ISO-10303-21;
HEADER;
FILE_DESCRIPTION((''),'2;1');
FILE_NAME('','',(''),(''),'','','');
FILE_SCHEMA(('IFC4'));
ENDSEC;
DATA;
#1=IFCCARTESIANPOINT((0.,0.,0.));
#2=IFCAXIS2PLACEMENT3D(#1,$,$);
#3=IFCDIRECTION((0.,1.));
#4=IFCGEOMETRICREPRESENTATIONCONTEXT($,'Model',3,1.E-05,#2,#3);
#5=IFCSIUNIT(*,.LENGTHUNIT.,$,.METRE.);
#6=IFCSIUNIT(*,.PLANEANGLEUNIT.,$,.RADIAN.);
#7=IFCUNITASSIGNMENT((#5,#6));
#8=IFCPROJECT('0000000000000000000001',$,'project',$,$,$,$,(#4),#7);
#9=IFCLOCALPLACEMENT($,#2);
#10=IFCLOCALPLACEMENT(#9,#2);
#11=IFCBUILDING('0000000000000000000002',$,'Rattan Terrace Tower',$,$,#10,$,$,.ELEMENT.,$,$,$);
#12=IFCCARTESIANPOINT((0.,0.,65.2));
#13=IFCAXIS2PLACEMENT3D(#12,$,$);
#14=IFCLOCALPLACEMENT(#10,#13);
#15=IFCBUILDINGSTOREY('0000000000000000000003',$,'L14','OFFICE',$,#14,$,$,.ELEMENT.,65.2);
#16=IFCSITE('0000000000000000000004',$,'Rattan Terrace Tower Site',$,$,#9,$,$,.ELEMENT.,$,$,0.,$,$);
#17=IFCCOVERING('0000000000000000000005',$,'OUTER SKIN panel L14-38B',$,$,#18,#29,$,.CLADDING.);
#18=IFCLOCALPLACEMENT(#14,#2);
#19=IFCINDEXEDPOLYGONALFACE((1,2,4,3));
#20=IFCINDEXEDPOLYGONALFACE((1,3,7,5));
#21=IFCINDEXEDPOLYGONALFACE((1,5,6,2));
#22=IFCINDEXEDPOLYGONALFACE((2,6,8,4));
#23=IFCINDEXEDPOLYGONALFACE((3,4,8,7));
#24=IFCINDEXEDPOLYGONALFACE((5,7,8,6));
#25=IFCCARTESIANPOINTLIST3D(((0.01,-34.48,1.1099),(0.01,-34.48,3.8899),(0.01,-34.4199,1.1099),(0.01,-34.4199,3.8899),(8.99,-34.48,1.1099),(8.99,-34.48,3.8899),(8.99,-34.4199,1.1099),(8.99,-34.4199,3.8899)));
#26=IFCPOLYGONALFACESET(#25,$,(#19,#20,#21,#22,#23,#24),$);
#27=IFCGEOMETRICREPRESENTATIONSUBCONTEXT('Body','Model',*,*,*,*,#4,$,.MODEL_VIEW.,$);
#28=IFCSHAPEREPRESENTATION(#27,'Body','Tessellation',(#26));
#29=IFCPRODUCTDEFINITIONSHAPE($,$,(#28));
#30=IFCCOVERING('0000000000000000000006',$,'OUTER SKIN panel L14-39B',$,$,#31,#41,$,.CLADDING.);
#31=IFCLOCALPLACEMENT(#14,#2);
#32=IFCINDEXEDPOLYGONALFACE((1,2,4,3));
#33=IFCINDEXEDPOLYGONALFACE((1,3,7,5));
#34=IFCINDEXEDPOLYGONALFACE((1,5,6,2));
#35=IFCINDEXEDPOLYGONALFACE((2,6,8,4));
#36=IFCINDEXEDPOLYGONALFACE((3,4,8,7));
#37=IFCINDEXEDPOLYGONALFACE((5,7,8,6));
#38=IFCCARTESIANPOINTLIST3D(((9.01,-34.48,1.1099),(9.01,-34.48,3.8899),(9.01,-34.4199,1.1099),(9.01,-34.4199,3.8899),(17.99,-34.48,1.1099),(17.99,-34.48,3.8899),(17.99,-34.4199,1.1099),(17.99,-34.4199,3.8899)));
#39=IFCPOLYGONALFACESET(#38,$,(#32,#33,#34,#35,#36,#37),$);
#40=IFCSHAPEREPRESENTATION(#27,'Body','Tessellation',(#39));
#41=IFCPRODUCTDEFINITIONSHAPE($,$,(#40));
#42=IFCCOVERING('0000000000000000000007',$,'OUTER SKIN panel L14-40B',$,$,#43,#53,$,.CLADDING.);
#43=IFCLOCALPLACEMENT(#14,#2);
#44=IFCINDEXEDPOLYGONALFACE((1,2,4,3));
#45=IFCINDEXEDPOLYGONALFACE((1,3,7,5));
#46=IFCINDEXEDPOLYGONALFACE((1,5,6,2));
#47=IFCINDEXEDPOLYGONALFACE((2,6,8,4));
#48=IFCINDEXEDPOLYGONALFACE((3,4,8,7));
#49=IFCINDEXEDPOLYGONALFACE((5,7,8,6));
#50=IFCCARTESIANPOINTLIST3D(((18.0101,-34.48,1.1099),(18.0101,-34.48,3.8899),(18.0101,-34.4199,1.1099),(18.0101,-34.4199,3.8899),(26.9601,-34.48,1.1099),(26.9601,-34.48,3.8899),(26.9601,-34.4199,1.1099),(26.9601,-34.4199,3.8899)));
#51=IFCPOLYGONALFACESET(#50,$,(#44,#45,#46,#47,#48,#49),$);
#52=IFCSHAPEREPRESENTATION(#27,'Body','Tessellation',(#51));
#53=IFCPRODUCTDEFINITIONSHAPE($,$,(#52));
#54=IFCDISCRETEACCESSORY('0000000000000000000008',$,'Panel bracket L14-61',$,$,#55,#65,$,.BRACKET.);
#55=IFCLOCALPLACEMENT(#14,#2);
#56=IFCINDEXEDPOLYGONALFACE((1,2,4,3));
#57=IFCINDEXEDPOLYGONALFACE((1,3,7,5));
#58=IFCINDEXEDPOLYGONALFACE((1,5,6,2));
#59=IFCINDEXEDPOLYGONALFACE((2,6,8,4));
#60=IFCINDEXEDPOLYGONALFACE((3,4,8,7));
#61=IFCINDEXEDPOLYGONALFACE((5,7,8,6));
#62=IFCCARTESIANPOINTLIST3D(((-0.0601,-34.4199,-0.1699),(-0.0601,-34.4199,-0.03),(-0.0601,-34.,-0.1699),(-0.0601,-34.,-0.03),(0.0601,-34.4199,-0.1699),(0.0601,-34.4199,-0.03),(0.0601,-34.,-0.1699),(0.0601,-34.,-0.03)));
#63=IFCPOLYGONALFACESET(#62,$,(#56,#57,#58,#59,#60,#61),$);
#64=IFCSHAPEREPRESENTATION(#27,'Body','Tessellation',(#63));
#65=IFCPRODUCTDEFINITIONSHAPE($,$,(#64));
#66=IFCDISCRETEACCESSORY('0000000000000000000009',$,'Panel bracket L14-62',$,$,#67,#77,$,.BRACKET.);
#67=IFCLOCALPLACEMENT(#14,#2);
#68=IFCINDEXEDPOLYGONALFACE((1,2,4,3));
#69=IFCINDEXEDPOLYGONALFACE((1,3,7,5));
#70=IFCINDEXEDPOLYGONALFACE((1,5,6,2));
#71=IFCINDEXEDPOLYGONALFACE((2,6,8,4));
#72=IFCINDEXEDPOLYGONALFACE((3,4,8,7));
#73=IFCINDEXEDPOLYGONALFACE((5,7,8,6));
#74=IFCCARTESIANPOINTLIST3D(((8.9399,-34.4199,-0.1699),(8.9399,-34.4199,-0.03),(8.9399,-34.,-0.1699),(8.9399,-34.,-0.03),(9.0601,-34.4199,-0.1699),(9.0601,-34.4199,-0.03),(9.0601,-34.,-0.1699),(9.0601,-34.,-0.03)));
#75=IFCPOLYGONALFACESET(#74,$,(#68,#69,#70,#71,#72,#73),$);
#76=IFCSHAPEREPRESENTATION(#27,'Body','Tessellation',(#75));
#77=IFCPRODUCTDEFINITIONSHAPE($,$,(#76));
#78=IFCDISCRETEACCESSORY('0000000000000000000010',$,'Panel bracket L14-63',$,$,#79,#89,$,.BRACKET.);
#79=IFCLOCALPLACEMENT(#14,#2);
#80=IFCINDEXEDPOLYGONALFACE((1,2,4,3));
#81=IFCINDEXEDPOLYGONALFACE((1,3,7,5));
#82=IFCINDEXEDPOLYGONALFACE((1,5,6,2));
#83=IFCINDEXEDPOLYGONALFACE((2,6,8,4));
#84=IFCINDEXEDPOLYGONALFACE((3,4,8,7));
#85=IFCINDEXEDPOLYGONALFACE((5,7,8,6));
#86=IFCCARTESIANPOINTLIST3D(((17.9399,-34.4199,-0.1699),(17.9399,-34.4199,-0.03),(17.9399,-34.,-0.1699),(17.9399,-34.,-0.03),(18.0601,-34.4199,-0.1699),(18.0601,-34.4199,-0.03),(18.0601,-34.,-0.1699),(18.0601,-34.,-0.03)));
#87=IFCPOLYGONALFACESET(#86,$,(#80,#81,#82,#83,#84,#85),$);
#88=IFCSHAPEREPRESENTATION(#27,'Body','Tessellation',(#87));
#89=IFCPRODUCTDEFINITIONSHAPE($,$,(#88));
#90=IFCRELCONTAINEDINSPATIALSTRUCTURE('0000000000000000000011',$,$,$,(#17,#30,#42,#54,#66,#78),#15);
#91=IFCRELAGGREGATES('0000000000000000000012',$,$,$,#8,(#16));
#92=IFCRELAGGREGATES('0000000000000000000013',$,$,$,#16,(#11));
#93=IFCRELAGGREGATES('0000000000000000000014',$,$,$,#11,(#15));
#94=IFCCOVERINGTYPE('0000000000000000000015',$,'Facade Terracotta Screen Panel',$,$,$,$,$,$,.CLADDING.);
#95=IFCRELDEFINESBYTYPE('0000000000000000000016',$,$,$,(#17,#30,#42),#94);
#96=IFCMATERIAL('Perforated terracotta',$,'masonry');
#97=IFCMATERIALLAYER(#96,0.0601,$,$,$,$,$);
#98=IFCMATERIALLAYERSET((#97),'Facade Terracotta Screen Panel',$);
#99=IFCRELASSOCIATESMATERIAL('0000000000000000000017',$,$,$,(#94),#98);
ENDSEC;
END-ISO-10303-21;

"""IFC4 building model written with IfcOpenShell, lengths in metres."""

from ifc_helpers import new_model, si_unit, direction, frame, origin, origin_2d, place, context, subcontext, project, spatial, rectangle, extrude, material, layer, layer_set, type_object, element, save


model = new_model("IFC4")

# Units and contexts
model_context = context("Model", 3, precision=1e-05, world=origin(), true_north=direction((0.0, 1.0)))
body_context = subcontext(model_context, "Body", "Model", "MODEL_VIEW")
ifc_project = project(units=[si_unit("LENGTHUNIT", "METRE"), si_unit("PLANEANGLEUNIT", "RADIAN")], contexts=[model_context])

# Site, building, storey
site_placement = place(None, origin())
site = spatial("IfcSite", under=ifc_project, at=site_placement, Name="Rattan Terrace Tower Site", CompositionType="ELEMENT", RefElevation=0.0)
building_placement = place(site_placement, origin())
building = spatial("IfcBuilding", under=site, at=building_placement, Name="Rattan Terrace Tower", CompositionType="ELEMENT")
storey_placement = place(building_placement, frame((0.0, 0.0, 65.2)))
storey = spatial("IfcBuildingStorey", under=building, at=storey_placement, Name="L14", Description="OFFICE", CompositionType="ELEMENT", Elevation=65.2)

# Coverings
ifc_material_1 = material(Name="Perforated terracotta", Category="masonry")
ifc_layer_1 = layer(ifc_material_1, 0.0601)
ifc_layer_set_1 = layer_set([ifc_layer_1], Name="Facade Terracotta Screen Panel")
covering_type_1 = type_object("IfcCoveringType", Name="Facade Terracotta Screen Panel", PredefinedType="CLADDING", material=ifc_layer_set_1)
for number, where, z_axis, x_axis, name in (
    (1, (4.5, -34.45, 1.1099), (0.0, 0.0, 1.0), (1.0, 0.0, 0.0), "OUTER SKIN panel L14-38B"),
    (2, (13.5, -34.45, 1.1099), (0.0, 0.0, 1.0), (1.0, 0.0, 0.0), "OUTER SKIN panel L14-39B"),
):
    element("IfcCovering", number, at=place(storey_placement, frame(where, z_axis=z_axis, x_axis=x_axis)), inside=storey, type_object=covering_type_1, Name=name, PredefinedType="CLADDING", context=body_context, shape_type="SweptSolid", body=[
        extrude(rectangle(XDim=8.98, YDim=0.0601, at=origin_2d()), origin(), (0.0, 0.0, 1.0), 2.78),
    ])
covering_1_placement = place(storey_placement, frame((22.4851, -34.45, 1.1099), z_axis=(0.0, 0.0, 1.0), x_axis=(1.0, 0.0, 0.0)))
element("IfcCovering", 3, at=covering_1_placement, inside=storey, type_object=covering_type_1, Name="OUTER SKIN panel L14-40B", PredefinedType="CLADDING", context=body_context, shape_type="SweptSolid", body=[
    extrude(rectangle(XDim=8.95, YDim=0.0601, at=origin_2d()), origin(), (0.0, 0.0, 1.0), 2.78),
])

# Discrete accessories
for number, where, z_axis, x_axis, name in (
    (4, (0.0, -34.21, -0.1699), (0.0, 0.0, 1.0), (1.0, 0.0, 0.0), "Panel bracket L14-61"),
    (5, (9.0, -34.21, -0.1699), (0.0, 0.0, 1.0), (1.0, 0.0, 0.0), "Panel bracket L14-62"),
    (6, (18.0, -34.21, -0.1699), (0.0, 0.0, 1.0), (1.0, 0.0, 0.0), "Panel bracket L14-63"),
):
    element("IfcDiscreteAccessory", number, at=place(storey_placement, frame(where, z_axis=z_axis, x_axis=x_axis)), inside=storey, Name=name, PredefinedType="BRACKET", context=body_context, shape_type="SweptSolid", body=[
        extrude(rectangle(XDim=0.1201, YDim=0.4199, at=origin_2d()), origin(), (0.0, 0.0, 1.0), 0.1399),
    ])

save(model, "model.ifc")
